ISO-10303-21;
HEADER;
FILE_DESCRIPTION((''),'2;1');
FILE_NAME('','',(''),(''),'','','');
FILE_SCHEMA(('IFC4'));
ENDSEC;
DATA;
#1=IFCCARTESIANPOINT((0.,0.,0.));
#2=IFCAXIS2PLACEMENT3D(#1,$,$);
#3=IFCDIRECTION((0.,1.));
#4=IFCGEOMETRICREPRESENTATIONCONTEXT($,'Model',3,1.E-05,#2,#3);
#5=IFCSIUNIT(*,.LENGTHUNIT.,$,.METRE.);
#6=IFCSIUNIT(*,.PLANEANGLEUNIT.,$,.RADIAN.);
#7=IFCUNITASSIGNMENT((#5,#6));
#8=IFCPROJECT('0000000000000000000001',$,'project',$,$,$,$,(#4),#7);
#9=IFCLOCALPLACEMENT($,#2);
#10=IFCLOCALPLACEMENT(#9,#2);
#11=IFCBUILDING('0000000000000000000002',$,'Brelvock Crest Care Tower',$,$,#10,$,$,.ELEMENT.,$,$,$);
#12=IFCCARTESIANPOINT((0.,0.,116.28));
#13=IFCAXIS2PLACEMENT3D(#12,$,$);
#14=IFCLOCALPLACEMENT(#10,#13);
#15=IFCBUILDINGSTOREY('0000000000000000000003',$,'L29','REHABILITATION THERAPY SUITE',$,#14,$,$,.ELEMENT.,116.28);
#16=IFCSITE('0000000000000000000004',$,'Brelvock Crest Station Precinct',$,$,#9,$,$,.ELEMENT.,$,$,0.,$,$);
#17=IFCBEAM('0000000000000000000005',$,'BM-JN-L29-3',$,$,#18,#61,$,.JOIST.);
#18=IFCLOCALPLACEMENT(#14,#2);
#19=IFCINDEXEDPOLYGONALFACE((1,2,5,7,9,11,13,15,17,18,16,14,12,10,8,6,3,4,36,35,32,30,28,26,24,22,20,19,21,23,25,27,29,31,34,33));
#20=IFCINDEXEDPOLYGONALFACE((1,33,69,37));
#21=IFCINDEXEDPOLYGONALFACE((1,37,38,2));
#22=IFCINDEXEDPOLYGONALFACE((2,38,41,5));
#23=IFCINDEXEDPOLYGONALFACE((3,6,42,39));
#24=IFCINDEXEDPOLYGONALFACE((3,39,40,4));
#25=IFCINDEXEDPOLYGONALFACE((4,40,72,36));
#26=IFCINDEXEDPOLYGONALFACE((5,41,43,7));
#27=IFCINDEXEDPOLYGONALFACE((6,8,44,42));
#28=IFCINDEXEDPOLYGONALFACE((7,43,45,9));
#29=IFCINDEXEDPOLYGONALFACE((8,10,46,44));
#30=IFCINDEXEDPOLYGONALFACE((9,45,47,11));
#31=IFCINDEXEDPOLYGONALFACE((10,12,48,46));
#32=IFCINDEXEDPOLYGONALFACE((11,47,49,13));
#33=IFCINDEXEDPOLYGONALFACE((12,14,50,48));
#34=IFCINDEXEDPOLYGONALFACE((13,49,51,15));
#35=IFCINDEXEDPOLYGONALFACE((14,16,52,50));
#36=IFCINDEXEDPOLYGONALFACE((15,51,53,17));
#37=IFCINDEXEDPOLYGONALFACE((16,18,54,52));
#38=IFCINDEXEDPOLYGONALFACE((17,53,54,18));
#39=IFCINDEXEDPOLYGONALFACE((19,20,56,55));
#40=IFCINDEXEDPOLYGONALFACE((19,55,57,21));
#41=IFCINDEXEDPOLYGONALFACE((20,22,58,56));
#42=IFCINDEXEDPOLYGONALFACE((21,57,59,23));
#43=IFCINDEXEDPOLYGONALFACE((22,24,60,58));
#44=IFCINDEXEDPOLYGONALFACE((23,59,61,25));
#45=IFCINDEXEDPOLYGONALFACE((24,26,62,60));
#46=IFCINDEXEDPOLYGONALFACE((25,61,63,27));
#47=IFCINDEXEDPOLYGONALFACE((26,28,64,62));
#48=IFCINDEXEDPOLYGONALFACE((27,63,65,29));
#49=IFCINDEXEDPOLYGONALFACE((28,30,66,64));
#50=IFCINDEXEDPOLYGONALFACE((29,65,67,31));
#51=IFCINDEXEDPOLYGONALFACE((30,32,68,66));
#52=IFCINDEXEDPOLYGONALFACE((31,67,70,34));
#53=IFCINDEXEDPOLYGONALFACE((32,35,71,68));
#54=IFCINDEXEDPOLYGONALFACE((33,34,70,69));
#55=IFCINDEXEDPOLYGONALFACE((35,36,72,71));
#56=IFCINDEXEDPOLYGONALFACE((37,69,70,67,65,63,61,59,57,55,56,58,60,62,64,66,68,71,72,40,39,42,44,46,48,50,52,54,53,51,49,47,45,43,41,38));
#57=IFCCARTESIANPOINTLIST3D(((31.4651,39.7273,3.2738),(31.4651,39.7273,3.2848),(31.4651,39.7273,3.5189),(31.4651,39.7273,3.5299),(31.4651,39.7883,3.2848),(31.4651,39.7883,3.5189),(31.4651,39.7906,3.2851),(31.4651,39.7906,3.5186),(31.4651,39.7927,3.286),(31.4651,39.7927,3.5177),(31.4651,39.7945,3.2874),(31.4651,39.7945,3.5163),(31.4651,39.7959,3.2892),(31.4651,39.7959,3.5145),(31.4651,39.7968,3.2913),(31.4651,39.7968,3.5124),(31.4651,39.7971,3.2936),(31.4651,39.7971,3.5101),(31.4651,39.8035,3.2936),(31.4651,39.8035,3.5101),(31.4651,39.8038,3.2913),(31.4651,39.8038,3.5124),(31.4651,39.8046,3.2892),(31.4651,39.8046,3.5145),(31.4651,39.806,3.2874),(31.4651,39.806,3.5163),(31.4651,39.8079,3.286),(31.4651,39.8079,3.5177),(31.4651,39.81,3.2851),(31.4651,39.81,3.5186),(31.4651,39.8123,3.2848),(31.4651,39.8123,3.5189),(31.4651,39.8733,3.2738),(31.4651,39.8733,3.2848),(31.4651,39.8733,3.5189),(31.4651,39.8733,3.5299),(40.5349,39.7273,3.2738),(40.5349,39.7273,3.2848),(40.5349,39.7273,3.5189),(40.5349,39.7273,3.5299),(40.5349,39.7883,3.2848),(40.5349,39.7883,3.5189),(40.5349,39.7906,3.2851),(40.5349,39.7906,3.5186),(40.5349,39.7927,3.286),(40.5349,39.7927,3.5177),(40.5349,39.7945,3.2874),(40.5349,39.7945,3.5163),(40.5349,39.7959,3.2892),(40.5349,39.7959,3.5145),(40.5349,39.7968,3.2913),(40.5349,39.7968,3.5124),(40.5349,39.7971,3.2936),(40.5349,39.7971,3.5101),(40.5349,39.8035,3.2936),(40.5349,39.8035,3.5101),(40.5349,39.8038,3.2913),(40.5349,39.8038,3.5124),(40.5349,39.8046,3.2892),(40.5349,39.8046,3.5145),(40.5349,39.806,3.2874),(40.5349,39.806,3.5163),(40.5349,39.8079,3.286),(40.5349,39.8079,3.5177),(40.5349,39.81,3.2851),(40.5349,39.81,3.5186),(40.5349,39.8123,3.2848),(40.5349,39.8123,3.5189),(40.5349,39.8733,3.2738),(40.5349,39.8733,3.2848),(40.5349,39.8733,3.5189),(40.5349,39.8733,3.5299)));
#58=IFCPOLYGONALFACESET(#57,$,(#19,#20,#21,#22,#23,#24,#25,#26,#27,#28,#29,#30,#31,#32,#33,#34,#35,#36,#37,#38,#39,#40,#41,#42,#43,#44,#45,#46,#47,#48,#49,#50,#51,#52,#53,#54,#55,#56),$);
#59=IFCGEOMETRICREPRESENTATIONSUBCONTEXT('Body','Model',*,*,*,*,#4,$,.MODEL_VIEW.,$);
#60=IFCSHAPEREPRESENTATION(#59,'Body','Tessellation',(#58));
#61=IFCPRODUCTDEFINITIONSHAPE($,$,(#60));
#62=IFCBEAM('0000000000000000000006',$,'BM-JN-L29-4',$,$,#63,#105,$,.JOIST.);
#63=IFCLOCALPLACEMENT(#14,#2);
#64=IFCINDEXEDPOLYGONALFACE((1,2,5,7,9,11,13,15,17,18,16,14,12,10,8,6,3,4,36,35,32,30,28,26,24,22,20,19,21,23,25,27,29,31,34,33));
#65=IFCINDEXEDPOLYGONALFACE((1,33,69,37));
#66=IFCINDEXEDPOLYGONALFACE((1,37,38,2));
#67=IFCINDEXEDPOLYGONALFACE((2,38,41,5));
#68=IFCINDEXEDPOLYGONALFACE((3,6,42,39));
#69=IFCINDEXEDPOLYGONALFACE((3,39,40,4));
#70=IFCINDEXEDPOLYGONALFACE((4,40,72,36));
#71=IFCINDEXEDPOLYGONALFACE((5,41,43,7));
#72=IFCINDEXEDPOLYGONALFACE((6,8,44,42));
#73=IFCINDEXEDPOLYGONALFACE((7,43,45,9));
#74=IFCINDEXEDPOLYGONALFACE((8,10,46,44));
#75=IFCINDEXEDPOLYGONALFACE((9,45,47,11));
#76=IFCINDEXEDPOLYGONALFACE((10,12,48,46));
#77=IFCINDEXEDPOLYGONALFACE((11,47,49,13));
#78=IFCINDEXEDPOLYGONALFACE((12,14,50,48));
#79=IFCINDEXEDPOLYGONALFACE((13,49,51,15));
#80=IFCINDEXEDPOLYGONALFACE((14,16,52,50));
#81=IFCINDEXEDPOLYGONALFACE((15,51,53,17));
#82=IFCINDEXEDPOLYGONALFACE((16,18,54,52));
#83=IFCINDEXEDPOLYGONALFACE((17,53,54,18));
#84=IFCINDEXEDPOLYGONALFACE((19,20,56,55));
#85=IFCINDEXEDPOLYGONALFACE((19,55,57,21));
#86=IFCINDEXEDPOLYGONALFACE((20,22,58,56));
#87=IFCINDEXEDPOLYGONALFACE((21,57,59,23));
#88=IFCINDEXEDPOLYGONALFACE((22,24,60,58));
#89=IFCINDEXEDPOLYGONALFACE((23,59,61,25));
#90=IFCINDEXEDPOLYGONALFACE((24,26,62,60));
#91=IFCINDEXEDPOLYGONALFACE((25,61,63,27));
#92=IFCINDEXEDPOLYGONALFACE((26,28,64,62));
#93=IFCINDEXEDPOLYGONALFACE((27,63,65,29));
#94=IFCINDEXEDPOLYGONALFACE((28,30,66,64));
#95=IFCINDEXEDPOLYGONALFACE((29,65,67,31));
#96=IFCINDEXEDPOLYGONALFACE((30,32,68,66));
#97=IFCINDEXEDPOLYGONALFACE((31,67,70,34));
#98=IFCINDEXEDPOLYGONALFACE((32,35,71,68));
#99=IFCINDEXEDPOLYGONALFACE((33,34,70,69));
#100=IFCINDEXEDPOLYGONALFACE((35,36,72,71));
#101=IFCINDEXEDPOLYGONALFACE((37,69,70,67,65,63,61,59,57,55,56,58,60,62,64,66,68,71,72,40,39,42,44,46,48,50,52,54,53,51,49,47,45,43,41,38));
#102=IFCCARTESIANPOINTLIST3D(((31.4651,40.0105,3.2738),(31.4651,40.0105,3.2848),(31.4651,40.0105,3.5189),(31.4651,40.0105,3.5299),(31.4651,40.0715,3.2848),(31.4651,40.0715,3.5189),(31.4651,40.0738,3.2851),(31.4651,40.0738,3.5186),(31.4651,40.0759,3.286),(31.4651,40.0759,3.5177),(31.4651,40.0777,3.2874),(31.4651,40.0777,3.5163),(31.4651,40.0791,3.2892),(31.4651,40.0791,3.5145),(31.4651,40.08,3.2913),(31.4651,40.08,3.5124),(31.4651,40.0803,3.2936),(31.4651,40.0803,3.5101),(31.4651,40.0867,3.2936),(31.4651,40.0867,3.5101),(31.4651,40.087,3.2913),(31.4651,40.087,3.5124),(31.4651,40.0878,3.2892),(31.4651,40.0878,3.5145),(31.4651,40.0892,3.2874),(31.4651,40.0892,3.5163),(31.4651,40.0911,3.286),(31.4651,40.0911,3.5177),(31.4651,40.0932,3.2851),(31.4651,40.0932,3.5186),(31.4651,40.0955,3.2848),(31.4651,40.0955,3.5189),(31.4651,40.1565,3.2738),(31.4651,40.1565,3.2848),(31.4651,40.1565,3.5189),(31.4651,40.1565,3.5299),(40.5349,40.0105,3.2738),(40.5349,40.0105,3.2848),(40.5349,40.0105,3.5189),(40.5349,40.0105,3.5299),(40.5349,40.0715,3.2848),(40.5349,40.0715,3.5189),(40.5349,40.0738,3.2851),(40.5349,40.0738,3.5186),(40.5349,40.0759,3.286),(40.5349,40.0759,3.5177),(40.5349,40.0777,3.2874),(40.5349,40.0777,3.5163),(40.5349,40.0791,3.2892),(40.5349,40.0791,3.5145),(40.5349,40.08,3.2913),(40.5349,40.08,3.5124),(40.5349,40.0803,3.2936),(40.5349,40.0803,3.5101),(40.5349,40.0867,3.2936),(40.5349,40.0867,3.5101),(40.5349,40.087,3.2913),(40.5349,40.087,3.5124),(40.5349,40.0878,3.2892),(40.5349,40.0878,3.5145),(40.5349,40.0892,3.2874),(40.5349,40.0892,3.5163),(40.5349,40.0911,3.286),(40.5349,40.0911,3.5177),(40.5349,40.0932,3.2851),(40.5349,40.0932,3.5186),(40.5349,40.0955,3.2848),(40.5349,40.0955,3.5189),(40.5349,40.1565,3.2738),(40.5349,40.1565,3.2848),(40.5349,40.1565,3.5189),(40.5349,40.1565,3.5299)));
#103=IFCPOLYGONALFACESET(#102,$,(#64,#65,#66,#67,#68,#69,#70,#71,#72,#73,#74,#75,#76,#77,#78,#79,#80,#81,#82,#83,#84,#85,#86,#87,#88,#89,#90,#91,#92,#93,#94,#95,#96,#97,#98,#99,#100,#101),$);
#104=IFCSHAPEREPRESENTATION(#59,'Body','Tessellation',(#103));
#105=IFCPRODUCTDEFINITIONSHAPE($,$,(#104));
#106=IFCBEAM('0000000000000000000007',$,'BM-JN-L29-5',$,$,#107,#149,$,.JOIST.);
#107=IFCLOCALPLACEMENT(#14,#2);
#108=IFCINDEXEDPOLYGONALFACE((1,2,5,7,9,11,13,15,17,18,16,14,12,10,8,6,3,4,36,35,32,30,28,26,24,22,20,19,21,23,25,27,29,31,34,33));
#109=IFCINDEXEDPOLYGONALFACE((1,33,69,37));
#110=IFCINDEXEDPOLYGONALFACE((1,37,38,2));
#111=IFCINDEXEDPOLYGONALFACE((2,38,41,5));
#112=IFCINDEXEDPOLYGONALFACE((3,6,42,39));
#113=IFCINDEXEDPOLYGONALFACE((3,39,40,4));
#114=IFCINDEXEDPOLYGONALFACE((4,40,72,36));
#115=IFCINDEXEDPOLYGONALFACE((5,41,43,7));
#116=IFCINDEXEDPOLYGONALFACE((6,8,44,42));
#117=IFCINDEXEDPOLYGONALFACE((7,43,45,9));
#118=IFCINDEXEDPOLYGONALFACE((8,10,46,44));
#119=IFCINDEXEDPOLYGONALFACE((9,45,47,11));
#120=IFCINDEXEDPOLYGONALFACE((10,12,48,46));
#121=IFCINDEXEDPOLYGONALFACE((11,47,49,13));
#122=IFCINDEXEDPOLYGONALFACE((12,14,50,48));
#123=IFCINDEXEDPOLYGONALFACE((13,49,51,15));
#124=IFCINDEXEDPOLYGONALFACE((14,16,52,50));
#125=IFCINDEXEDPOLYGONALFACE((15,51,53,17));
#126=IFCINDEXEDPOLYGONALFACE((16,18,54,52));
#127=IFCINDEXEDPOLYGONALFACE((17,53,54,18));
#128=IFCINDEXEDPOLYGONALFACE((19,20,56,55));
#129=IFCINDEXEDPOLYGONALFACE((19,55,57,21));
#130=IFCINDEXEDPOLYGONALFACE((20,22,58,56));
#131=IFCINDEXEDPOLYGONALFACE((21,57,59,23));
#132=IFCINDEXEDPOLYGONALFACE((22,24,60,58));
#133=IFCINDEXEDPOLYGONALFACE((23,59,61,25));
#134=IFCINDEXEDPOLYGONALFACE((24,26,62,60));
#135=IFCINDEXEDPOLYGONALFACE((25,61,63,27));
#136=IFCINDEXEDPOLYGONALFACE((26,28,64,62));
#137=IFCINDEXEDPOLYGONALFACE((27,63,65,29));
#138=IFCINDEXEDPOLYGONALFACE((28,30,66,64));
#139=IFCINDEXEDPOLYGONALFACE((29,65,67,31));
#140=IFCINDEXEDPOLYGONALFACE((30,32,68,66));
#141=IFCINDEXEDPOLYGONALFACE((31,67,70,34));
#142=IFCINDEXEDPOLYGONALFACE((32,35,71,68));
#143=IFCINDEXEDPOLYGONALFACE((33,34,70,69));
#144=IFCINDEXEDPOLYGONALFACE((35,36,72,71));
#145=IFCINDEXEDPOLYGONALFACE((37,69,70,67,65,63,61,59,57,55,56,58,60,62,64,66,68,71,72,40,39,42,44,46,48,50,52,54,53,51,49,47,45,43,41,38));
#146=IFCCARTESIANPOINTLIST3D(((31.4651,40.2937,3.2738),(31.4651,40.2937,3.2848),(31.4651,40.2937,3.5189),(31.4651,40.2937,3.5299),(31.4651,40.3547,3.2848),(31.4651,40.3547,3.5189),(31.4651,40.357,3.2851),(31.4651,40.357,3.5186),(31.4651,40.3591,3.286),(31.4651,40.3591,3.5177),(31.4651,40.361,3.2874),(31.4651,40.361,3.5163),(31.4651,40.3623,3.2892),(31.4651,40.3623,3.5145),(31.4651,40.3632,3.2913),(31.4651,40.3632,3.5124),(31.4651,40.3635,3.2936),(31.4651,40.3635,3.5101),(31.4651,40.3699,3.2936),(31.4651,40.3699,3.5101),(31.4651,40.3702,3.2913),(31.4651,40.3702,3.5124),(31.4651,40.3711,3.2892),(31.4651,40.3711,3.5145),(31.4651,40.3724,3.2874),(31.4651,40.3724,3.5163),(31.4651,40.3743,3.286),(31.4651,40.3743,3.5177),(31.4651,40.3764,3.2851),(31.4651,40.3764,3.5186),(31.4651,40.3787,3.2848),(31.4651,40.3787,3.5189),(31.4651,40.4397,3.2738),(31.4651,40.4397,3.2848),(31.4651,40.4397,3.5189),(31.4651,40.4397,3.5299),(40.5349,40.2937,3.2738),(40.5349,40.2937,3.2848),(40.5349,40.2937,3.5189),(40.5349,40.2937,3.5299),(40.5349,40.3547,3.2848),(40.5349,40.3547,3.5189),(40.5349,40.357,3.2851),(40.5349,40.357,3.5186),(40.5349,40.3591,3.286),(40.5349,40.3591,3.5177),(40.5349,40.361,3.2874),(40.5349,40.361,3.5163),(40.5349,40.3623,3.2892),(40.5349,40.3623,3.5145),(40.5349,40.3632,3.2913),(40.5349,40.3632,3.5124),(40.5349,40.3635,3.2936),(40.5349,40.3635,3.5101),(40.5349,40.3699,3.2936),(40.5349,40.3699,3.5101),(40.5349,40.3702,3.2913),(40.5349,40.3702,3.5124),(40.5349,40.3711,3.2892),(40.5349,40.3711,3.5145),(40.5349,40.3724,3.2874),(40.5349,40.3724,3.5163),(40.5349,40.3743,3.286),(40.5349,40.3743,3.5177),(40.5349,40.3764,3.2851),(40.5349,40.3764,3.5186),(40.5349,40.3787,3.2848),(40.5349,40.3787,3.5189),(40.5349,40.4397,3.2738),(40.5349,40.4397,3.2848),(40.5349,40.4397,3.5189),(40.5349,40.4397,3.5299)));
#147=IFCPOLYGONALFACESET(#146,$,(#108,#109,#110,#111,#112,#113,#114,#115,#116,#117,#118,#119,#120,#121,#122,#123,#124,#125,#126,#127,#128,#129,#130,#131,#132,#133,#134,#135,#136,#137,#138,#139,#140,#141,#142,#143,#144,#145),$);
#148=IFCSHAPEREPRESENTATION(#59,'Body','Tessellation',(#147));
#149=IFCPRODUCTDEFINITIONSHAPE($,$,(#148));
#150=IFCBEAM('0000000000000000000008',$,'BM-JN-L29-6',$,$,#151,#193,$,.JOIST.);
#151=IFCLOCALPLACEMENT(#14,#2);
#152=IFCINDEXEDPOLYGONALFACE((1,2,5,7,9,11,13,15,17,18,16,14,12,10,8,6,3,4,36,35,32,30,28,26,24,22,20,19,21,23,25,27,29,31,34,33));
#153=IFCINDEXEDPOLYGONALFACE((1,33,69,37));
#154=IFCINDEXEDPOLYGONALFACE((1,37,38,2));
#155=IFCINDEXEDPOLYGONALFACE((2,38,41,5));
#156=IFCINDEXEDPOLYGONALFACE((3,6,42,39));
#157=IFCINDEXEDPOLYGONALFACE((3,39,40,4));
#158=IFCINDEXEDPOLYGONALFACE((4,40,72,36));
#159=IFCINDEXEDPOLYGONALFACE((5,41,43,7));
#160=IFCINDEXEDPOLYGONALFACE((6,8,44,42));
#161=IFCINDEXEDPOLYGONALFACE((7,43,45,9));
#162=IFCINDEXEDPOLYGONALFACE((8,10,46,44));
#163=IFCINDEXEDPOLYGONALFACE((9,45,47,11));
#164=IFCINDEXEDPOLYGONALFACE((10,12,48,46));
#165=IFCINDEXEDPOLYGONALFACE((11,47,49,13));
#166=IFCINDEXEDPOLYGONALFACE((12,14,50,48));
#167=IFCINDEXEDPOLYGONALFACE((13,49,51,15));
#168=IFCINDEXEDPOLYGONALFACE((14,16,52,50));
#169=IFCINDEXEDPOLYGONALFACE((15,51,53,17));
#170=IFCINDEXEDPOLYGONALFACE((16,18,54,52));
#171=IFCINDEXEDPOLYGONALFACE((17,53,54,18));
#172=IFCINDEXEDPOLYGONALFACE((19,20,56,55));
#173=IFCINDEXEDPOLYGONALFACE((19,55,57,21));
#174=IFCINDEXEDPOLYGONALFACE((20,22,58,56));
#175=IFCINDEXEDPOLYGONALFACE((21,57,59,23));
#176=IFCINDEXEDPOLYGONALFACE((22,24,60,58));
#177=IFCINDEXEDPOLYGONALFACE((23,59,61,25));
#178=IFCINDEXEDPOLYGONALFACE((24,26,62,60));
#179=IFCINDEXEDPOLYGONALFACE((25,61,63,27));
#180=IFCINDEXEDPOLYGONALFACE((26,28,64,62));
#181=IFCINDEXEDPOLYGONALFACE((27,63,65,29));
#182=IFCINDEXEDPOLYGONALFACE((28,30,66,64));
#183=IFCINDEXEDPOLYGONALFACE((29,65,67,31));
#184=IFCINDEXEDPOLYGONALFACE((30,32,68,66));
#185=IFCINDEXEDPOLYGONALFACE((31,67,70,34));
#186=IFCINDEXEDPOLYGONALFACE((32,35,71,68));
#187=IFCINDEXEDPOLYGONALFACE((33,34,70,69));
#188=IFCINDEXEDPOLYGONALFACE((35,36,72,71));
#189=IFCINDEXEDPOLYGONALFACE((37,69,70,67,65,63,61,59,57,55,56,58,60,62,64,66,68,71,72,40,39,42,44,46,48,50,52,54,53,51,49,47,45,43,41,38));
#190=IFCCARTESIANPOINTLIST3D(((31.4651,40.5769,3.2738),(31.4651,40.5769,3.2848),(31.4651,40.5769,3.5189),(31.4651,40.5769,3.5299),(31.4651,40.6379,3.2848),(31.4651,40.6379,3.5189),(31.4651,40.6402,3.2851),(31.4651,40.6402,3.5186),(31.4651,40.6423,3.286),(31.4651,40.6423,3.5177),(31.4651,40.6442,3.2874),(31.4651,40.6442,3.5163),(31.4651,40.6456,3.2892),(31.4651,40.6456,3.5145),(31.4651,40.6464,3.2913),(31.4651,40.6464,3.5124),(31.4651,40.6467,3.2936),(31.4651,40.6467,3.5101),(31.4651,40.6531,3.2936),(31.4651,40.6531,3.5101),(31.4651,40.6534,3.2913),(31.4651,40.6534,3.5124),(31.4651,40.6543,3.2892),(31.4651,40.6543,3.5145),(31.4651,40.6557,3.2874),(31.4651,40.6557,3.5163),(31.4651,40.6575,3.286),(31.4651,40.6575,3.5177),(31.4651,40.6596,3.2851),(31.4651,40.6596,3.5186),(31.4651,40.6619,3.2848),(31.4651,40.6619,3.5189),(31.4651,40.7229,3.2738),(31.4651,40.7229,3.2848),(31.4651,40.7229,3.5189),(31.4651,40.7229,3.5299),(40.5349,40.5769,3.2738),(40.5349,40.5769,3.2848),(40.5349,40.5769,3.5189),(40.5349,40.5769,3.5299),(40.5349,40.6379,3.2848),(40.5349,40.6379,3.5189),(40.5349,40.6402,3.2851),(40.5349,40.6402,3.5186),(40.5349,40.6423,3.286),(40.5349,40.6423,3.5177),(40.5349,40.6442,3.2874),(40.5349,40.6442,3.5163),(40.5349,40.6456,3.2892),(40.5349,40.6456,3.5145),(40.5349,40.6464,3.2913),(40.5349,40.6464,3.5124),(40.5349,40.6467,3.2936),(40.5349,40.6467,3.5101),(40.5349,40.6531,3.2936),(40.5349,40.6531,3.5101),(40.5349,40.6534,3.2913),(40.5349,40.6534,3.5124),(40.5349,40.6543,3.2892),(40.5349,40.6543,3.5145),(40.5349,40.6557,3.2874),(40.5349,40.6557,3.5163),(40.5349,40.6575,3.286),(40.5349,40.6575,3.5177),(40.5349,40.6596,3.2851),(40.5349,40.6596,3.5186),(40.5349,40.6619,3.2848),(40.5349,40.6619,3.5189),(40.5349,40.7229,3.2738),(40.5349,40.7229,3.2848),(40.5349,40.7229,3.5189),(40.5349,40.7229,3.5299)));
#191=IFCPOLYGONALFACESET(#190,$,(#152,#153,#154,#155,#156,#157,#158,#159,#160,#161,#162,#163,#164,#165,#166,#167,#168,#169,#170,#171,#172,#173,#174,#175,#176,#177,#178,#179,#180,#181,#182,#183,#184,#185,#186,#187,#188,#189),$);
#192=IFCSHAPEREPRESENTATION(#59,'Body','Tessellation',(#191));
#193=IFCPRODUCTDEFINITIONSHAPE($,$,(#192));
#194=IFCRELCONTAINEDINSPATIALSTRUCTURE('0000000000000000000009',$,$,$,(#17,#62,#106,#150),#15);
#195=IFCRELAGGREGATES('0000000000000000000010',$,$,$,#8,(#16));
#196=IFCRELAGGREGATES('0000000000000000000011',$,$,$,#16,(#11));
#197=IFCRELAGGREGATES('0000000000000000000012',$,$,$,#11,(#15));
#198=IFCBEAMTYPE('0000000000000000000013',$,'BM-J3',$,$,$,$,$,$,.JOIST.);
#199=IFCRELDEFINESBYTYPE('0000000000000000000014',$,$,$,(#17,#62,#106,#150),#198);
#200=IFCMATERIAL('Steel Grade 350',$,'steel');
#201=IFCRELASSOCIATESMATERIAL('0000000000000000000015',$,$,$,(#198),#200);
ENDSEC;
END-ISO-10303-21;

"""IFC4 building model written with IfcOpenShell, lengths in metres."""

from ifc_helpers import new_model, si_unit, direction, frame, origin, origin_2d, place, context, subcontext, project, spatial, i_section, extrude, source, transform, mapped, material, material_profile, profile_set, type_object, element, save


model = new_model("IFC4")

# Units and contexts
model_context = context("Model", 3, precision=1e-05, world=origin(), true_north=direction((0.0, 1.0)))
body_context = subcontext(model_context, "Body", "Model", "MODEL_VIEW")
ifc_project = project(units=[si_unit("LENGTHUNIT", "METRE"), si_unit("PLANEANGLEUNIT", "RADIAN")], contexts=[model_context])

# Site, building, storey
site_placement = place(None, origin())
site = spatial("IfcSite", under=ifc_project, at=site_placement, Name="Brelvock Crest Station Precinct", CompositionType="ELEMENT", RefElevation=0.0)
building_placement = place(site_placement, origin())
building = spatial("IfcBuilding", under=site, at=building_placement, Name="Brelvock Crest Care Tower", CompositionType="ELEMENT")
storey_placement = place(building_placement, frame((0.0, 0.0, 116.28)))
storey = spatial("IfcBuildingStorey", under=building, at=storey_placement, Name="L29", Description="REHABILITATION THERAPY SUITE", CompositionType="ELEMENT", Elevation=116.28)

# Shared definitions
ifc_material_1 = material(Name="Steel Grade 350", Category="steel")

# Beams
ifc_material_profile_1 = material_profile(ifc_material_1, i_section(OverallWidth=0.146, OverallDepth=0.2561, WebThickness=0.0063, FlangeThickness=0.011, FilletRadius=0.0088, at=origin_2d()), Name="250UB37.3")
ifc_profile_set_1 = profile_set([ifc_material_profile_1], Name="Steel Grade 350")
beam_type_1 = type_object("IfcBeamType", Name="BM-J3", PredefinedType="JOIST", material=ifc_profile_set_1)
shared_shape_1 = source(origin(), body_context, "Body", "SweptSolid", [
    extrude(i_section(OverallWidth=0.146, OverallDepth=0.2561, WebThickness=0.0063, FlangeThickness=0.011, FilletRadius=0.0088, at=origin_2d()), origin(), (0.0, 0.0, 1.0), 9.0698),
])
for number, where, z_axis, x_axis, name in (
    (1, (31.4651, 39.8003, 3.4019), (1.0, 0.0, 0.0), (0.0, 1.0, 0.0), "BM-JN-L29-3"),
    (2, (31.4651, 40.0835, 3.4019), (1.0, 0.0, 0.0), (0.0, 1.0, 0.0), "BM-JN-L29-4"),
    (3, (31.4651, 40.3667, 3.4019), (1.0, 0.0, 0.0), (0.0, 1.0, 0.0), "BM-JN-L29-5"),
    (4, (31.4651, 40.6499, 3.4019), (1.0, 0.0, 0.0), (0.0, 1.0, 0.0), "BM-JN-L29-6"),
):
    element("IfcBeam", number, at=place(storey_placement, frame(where, z_axis=z_axis, x_axis=x_axis)), inside=storey, type_object=beam_type_1, Name=name, PredefinedType="JOIST", context=body_context, shape_type="MappedRepresentation", body=[
        mapped(shared_shape_1, transform((0.0, 0.0, 0.0), x_axis=(1.0, 0.0, 0.0), y_axis=(0.0, 1.0, 0.0), z_axis=(0.0, 0.0, 1.0), scale=1.0)),
    ])

save(model, "model.ifc")
